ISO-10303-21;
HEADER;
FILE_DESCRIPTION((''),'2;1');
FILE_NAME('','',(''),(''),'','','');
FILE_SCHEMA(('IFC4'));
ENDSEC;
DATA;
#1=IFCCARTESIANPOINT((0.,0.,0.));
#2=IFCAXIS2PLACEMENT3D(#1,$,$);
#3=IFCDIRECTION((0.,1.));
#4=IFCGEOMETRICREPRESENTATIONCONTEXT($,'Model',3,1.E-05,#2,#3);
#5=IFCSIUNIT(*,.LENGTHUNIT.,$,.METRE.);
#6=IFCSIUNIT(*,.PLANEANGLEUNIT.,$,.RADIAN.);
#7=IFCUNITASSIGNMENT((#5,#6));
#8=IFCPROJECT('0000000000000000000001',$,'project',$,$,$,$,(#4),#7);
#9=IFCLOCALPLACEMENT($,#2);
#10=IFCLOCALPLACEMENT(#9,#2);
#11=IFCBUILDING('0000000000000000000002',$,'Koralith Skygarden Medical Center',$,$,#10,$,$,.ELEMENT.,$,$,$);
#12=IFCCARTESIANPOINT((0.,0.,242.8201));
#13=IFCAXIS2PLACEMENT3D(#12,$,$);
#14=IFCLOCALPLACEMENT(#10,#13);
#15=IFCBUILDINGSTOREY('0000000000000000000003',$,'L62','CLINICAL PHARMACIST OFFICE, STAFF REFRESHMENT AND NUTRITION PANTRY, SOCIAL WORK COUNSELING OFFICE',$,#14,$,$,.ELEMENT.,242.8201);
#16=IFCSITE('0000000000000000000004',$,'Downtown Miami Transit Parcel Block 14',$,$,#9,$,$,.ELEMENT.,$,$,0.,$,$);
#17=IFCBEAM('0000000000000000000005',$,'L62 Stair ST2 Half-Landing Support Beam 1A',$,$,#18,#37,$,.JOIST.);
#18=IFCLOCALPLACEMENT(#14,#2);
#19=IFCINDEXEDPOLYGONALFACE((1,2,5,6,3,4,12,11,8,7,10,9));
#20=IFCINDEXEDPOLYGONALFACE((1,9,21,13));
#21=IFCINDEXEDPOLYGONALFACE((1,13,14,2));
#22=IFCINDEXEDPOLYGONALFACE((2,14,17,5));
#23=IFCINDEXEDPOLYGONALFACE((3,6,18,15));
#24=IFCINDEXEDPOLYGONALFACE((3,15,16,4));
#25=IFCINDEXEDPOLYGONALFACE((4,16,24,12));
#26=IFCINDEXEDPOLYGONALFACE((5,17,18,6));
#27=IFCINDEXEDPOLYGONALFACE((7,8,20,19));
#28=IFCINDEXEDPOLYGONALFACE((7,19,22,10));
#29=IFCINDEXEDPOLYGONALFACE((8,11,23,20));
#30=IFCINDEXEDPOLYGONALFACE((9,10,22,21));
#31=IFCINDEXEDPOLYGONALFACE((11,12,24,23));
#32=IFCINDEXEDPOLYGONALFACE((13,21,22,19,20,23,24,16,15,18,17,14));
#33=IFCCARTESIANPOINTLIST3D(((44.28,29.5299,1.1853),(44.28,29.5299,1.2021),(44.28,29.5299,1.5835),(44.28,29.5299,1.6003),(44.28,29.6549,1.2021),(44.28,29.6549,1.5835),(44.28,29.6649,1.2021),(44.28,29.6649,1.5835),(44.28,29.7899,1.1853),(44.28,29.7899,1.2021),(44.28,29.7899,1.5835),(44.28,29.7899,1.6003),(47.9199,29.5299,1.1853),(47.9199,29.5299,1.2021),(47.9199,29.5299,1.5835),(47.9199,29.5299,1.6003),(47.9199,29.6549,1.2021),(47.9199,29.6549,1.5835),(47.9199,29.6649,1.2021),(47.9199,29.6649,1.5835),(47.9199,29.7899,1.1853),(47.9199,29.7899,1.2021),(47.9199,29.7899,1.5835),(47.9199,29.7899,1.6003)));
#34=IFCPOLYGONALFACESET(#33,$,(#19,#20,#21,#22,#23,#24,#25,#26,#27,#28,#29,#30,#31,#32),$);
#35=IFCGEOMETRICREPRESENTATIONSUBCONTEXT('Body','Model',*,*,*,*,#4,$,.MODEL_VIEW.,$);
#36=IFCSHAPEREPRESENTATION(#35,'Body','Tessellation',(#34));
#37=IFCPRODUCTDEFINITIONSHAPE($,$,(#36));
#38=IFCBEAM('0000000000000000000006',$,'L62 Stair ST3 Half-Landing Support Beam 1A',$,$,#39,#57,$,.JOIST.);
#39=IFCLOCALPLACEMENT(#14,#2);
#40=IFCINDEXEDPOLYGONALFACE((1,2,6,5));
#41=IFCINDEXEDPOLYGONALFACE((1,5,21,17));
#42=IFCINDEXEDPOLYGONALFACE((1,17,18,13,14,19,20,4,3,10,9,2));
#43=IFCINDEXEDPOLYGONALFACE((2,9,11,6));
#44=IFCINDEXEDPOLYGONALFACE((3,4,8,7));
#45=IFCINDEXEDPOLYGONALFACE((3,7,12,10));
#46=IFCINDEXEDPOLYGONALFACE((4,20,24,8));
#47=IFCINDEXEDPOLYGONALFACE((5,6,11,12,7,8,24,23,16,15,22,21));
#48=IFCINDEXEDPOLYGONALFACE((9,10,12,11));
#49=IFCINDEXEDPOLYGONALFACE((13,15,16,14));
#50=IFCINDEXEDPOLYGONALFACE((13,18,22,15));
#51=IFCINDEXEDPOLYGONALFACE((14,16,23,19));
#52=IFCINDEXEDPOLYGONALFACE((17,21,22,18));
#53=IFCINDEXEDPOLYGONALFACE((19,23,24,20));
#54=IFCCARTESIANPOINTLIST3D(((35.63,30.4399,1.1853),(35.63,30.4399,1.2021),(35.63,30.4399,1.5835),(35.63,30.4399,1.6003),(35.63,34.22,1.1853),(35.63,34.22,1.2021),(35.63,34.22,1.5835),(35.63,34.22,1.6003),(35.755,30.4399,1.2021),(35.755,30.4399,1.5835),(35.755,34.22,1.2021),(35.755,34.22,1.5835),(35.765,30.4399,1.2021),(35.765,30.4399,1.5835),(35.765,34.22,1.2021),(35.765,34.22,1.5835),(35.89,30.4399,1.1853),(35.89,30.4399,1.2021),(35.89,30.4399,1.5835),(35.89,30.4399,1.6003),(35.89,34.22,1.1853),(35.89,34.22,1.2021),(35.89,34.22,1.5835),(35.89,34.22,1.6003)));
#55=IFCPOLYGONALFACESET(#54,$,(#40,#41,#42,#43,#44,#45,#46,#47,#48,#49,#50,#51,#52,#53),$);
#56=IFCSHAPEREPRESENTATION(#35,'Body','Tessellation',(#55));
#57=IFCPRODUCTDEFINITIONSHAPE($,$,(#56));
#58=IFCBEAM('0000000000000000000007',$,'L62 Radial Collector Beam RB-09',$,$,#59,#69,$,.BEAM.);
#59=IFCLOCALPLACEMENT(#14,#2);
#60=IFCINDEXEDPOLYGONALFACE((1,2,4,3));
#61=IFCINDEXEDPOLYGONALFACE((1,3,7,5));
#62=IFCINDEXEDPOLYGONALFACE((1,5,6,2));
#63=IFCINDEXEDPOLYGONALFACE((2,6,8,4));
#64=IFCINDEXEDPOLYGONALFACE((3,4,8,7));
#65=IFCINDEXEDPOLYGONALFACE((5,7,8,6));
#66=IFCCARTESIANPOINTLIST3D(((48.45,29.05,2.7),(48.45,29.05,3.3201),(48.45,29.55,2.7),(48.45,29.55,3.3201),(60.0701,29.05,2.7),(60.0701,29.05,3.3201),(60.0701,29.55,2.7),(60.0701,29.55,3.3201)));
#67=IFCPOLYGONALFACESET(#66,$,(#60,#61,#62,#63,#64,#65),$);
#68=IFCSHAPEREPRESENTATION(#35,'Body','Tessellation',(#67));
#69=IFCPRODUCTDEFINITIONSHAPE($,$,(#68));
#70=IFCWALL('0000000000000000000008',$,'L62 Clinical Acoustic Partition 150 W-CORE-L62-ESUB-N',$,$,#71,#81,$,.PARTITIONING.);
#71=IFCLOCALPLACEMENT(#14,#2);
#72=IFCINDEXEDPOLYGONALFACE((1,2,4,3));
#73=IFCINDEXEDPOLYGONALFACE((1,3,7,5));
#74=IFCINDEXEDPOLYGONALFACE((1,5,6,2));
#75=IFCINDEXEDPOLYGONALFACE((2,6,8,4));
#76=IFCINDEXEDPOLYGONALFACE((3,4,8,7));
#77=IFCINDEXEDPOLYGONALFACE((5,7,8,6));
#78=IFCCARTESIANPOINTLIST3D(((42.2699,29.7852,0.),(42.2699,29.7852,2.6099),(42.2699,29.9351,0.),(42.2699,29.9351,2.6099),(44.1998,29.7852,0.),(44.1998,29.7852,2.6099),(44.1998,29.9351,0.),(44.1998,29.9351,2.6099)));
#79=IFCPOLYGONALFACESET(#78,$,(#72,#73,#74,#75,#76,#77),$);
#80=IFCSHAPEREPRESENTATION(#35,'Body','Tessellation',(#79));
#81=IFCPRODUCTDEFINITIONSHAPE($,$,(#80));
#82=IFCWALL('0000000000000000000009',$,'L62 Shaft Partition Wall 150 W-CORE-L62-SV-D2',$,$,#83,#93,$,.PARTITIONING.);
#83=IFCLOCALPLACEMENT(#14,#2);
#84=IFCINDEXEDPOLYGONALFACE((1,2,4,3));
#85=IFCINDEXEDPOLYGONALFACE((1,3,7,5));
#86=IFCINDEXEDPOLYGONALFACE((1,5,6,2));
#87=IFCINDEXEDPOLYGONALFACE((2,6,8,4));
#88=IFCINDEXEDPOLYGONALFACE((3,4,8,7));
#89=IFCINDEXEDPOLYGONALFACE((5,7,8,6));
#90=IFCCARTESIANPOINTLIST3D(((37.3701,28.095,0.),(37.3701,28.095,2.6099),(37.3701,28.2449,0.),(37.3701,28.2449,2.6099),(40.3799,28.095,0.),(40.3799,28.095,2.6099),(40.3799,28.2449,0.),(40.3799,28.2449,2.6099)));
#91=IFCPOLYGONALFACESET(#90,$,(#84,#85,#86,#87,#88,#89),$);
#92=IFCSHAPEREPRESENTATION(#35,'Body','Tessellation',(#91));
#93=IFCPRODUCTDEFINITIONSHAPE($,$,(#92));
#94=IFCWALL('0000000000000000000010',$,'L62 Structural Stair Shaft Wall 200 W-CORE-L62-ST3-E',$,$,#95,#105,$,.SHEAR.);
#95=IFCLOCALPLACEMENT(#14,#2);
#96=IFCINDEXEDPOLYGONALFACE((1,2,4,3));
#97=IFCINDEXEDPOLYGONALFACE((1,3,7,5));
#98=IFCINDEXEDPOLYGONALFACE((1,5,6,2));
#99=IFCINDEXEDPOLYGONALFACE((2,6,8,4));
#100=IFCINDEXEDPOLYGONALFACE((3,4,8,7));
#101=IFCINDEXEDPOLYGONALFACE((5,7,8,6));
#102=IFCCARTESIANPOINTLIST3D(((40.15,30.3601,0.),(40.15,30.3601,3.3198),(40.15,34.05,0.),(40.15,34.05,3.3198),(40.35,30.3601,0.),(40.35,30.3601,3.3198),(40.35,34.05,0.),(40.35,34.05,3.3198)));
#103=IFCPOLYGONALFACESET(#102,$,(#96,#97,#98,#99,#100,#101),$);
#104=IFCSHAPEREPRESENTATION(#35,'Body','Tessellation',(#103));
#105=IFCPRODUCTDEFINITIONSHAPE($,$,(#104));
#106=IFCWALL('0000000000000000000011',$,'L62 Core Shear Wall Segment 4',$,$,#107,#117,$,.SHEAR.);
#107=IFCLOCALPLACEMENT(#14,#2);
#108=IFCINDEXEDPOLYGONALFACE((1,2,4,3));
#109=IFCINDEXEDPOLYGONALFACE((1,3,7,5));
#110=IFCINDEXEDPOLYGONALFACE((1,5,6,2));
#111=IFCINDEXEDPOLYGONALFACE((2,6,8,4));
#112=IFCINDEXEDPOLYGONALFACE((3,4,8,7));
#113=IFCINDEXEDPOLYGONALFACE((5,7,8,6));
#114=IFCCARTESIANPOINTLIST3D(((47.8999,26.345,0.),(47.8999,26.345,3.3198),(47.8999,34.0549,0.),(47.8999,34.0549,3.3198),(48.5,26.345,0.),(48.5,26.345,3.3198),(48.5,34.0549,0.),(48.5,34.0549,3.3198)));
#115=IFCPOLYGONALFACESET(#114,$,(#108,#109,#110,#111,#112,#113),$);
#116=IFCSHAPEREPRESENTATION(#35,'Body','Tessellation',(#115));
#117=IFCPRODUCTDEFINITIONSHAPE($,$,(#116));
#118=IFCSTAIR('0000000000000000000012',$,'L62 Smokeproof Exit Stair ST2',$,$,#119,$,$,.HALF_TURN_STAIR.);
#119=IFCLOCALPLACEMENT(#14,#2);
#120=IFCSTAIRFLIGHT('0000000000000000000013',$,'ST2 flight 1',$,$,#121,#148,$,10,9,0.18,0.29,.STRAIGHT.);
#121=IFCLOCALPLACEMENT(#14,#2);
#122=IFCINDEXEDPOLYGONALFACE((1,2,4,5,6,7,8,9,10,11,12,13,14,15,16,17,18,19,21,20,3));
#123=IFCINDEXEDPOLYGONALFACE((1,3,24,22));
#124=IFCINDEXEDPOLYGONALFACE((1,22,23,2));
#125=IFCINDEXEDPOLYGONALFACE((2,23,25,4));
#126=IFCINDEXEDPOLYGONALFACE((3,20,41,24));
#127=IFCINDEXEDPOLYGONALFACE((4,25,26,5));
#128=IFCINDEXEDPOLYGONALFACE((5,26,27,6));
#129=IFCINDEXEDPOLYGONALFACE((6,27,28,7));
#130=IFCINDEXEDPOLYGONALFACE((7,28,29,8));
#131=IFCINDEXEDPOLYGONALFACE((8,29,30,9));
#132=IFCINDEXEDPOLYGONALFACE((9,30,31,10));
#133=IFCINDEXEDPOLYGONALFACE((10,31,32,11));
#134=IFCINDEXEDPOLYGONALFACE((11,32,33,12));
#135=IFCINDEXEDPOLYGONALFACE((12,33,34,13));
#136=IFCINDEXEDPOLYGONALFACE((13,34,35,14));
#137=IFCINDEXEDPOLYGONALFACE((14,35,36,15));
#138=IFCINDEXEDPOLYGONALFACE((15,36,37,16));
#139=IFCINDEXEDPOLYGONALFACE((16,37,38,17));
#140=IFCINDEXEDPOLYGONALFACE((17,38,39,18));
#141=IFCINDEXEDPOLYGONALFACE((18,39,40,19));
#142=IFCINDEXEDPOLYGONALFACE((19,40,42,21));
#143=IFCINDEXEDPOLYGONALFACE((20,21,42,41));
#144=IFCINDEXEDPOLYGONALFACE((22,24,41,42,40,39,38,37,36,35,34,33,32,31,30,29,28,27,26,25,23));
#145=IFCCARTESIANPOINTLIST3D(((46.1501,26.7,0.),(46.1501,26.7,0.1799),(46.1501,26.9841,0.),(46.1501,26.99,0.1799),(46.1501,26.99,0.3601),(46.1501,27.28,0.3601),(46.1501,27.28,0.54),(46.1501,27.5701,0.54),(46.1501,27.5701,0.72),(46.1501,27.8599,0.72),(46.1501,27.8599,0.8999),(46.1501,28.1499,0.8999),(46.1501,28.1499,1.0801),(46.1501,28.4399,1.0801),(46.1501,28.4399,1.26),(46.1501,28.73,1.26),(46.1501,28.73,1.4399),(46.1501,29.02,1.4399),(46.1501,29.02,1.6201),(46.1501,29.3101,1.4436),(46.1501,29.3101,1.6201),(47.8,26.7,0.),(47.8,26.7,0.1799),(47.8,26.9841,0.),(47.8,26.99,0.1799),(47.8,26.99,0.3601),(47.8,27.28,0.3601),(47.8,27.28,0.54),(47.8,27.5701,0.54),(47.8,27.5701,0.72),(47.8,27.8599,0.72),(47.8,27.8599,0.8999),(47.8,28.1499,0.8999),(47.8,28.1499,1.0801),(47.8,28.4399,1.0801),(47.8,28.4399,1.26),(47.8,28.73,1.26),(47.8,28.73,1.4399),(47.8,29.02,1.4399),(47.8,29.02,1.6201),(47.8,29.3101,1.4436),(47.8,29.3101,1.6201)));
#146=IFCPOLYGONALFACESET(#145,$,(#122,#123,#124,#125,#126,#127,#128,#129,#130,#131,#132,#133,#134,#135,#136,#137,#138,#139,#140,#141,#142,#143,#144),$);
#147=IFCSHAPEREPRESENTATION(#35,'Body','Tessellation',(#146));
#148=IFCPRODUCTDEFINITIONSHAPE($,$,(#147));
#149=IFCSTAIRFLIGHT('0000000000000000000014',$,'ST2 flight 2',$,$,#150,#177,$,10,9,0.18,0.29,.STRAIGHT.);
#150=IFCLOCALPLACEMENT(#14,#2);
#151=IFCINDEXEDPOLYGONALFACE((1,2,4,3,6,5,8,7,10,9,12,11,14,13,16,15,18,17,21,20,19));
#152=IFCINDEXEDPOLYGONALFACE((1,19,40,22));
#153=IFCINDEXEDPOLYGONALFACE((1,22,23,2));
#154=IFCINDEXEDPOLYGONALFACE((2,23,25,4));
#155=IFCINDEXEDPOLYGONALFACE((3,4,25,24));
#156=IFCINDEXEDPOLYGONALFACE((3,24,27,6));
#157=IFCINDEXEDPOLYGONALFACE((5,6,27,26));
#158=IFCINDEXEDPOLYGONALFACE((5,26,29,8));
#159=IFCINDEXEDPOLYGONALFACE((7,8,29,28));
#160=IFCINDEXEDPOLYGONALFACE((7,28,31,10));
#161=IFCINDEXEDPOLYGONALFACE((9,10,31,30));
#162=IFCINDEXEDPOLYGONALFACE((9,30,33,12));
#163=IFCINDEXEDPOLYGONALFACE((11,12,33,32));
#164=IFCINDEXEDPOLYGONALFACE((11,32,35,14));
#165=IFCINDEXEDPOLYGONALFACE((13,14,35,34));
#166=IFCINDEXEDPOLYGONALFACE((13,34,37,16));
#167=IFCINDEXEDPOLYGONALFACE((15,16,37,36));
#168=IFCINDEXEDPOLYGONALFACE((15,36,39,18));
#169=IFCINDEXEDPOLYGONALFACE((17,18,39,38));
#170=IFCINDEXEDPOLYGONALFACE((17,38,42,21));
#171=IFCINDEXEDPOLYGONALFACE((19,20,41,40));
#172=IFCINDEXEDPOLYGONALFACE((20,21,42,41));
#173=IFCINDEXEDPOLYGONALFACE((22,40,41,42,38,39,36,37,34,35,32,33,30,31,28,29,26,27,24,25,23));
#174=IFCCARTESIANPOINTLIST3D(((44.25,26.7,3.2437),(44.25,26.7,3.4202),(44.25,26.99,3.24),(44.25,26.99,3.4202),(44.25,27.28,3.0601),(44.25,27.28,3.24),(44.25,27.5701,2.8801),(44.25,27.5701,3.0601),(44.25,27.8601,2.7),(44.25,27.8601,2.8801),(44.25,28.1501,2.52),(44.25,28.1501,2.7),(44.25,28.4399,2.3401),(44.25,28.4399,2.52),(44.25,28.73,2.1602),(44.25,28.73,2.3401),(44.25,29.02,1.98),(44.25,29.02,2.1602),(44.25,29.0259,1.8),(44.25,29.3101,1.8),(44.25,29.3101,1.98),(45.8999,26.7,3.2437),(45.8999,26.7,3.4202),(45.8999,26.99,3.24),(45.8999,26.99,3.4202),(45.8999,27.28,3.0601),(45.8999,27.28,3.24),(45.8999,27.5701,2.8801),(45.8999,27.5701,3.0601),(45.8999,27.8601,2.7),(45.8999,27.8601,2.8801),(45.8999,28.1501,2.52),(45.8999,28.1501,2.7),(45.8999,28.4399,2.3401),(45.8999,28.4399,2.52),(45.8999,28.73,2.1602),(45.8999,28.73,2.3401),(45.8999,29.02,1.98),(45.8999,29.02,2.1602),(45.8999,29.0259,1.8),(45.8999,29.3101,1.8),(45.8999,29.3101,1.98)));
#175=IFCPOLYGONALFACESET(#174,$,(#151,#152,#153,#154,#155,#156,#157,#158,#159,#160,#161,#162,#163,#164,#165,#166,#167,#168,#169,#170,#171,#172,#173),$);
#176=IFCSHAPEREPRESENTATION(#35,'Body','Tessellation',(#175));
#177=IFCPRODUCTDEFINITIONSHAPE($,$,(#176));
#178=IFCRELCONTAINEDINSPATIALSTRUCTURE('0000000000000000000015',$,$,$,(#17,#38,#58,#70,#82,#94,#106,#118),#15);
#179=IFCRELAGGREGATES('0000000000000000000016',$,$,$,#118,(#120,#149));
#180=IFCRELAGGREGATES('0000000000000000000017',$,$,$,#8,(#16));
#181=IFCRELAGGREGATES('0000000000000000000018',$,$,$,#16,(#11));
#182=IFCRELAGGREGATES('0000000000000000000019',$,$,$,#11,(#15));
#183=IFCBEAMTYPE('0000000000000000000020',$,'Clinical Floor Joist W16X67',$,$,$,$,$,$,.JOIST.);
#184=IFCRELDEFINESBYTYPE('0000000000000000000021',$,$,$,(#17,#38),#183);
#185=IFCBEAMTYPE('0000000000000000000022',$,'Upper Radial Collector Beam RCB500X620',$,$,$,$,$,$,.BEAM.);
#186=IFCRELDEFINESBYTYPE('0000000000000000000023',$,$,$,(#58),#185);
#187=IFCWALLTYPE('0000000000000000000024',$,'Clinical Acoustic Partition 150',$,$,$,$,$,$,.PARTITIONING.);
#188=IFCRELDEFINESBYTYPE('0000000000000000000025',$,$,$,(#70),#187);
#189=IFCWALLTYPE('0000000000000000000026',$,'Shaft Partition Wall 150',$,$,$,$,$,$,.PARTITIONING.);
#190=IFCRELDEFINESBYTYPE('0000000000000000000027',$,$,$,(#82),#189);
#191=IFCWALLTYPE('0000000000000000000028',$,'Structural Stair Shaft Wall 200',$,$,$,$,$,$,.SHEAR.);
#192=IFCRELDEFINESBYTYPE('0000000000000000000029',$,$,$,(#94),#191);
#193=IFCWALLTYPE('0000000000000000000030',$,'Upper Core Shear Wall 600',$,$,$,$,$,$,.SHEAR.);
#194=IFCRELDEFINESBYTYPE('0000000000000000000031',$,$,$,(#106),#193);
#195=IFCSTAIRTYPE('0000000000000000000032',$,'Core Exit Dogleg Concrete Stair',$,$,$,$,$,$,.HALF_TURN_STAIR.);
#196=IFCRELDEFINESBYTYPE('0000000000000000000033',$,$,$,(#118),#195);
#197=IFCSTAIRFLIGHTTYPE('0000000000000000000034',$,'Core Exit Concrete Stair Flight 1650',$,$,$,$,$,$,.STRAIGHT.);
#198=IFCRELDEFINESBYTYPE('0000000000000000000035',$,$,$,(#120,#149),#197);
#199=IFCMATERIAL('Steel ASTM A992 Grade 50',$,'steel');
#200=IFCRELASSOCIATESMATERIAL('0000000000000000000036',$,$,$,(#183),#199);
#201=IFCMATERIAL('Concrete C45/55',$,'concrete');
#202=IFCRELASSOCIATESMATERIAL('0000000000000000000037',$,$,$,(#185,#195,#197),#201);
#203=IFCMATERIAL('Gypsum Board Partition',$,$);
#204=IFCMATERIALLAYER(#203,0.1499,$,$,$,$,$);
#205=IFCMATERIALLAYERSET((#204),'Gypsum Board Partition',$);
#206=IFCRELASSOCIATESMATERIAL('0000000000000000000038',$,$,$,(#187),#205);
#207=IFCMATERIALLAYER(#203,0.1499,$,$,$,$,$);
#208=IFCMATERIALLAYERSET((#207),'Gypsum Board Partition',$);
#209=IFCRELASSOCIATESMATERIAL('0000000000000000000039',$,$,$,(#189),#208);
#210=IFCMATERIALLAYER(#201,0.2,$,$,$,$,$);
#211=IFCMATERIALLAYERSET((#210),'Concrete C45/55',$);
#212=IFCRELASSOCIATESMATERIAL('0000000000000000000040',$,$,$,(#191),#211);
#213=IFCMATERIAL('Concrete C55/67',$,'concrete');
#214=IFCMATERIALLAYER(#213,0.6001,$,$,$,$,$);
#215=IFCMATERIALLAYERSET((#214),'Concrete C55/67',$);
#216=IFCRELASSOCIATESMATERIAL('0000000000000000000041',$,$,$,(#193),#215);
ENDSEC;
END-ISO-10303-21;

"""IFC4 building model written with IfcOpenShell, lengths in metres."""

from ifc_helpers import new_model, si_unit, direction, frame, frame_2d, origin, origin_2d, place, context, subcontext, project, spatial, polyline, rectangle, i_section, outline, extrude, material, layer, layer_set, material_profile, profile_set, type_object, element, aggregate, save


model = new_model("IFC4")

# Units and contexts
model_context = context("Model", 3, precision=1e-05, world=origin(), true_north=direction((0.0, 1.0)))
body_context = subcontext(model_context, "Body", "Model", "MODEL_VIEW")
ifc_project = project(units=[si_unit("LENGTHUNIT", "METRE"), si_unit("PLANEANGLEUNIT", "RADIAN")], contexts=[model_context])

# Site, building, storey
site_placement = place(None, origin())
site = spatial("IfcSite", under=ifc_project, at=site_placement, Name="Downtown Miami Transit Parcel Block 14", CompositionType="ELEMENT", RefElevation=0.0)
building_placement = place(site_placement, origin())
building = spatial("IfcBuilding", under=site, at=building_placement, Name="Koralith Skygarden Medical Center", CompositionType="ELEMENT")
storey_placement = place(building_placement, frame((0.0, 0.0, 242.8201)))
storey = spatial("IfcBuildingStorey", under=building, at=storey_placement, Name="L62", Description="CLINICAL PHARMACIST OFFICE, STAFF REFRESHMENT AND NUTRITION PANTRY, SOCIAL WORK COUNSELING OFFICE", CompositionType="ELEMENT", Elevation=242.8201)

# Beams
ifc_material_1 = material(Name="Steel ASTM A992 Grade 50", Category="steel")
ifc_material_profile_1 = material_profile(ifc_material_1, i_section(OverallWidth=0.26, OverallDepth=0.415, WebThickness=0.01, FlangeThickness=0.0168, at=origin_2d()), Name="W16X67")
ifc_profile_set_1 = profile_set([ifc_material_profile_1], Name="Steel ASTM A992 Grade 50")
beam_type_1 = type_object("IfcBeamType", Name="Clinical Floor Joist W16X67", PredefinedType="JOIST", material=ifc_profile_set_1)
beam_1_placement = place(storey_placement, frame((44.28, 29.6599, 1.3928), z_axis=(1.0, 0.0, 0.0), x_axis=(0.0, 1.0, 0.0)))
element("IfcBeam", 1, at=beam_1_placement, inside=storey, type_object=beam_type_1, Name="L62 Stair ST2 Half-Landing Support Beam 1A", PredefinedType="JOIST", context=body_context, shape_type="SweptSolid", body=[
    extrude(i_section(OverallWidth=0.26, OverallDepth=0.415, WebThickness=0.01, FlangeThickness=0.0168, at=origin_2d()), origin(), (0.0, 0.0, 1.0), 3.6399),
])
beam_2_placement = place(storey_placement, frame((35.76, 30.4399, 1.3928), z_axis=(0.0, 1.0, 0.0), x_axis=(-1.0, 0.0, 0.0)))
element("IfcBeam", 2, at=beam_2_placement, inside=storey, type_object=beam_type_1, Name="L62 Stair ST3 Half-Landing Support Beam 1A", PredefinedType="JOIST", context=body_context, shape_type="SweptSolid", body=[
    extrude(i_section(OverallWidth=0.26, OverallDepth=0.415, WebThickness=0.01, FlangeThickness=0.0168, at=origin_2d()), origin(), (0.0, 0.0, 1.0), 3.78),
])
ifc_material_2 = material(Name="Concrete C45/55", Category="concrete")
ifc_material_profile_2 = material_profile(ifc_material_2, rectangle(XDim=0.5, YDim=0.6201, at=origin_2d()), Name="RCB500X620")
ifc_profile_set_2 = profile_set([ifc_material_profile_2], Name="Concrete C45/55")
beam_type_2 = type_object("IfcBeamType", Name="Upper Radial Collector Beam RCB500X620", PredefinedType="BEAM", material=ifc_profile_set_2)
beam_3_placement = place(storey_placement, frame((48.45, 29.3, 3.01), z_axis=(1.0, 0.0, 0.0), x_axis=(0.0, 1.0, 0.0)))
element("IfcBeam", 3, at=beam_3_placement, inside=storey, type_object=beam_type_2, Name="L62 Radial Collector Beam RB-09", PredefinedType="BEAM", context=body_context, shape_type="SweptSolid", body=[
    extrude(rectangle(XDim=0.5, YDim=0.6201, at=origin_2d()), origin(), (0.0, 0.0, 1.0), 11.6201),
])

# Walls
ifc_material_3 = material(Name="Gypsum Board Partition")
ifc_layer_1 = layer(ifc_material_3, 0.1499)
ifc_layer_set_1 = layer_set([ifc_layer_1], Name="Gypsum Board Partition")
wall_type_1 = type_object("IfcWallType", Name="Clinical Acoustic Partition 150", PredefinedType="PARTITIONING", material=ifc_layer_set_1)
wall_1_placement = place(storey_placement, frame((42.27, 29.8601, 0.0), z_axis=(0.0, 0.0, 1.0), x_axis=(1.0, 0.0, 0.0)))
element("IfcWall", 4, at=wall_1_placement, inside=storey, type_object=wall_type_1, Name="L62 Clinical Acoustic Partition 150 W-CORE-L62-ESUB-N", PredefinedType="PARTITIONING", context=body_context, shape_type="SweptSolid", body=[
    extrude(rectangle(XDim=1.9299, YDim=0.1499, at=frame_2d((0.9648, 0.0))), origin(), (0.0, 0.0, 1.0), 2.6099),
])
ifc_layer_2 = layer(ifc_material_3, 0.1499)
ifc_layer_set_2 = layer_set([ifc_layer_2], Name="Gypsum Board Partition")
wall_type_2 = type_object("IfcWallType", Name="Shaft Partition Wall 150", PredefinedType="PARTITIONING", material=ifc_layer_set_2)
wall_2_placement = place(storey_placement, frame((37.3701, 28.1699, 0.0), z_axis=(0.0, 0.0, 1.0), x_axis=(1.0, 0.0, 0.0)))
element("IfcWall", 5, at=wall_2_placement, inside=storey, type_object=wall_type_2, Name="L62 Shaft Partition Wall 150 W-CORE-L62-SV-D2", PredefinedType="PARTITIONING", context=body_context, shape_type="SweptSolid", body=[
    extrude(rectangle(XDim=3.0098, YDim=0.1499, at=frame_2d((1.5049, 0.0))), origin(), (0.0, 0.0, 1.0), 2.6099),
])
ifc_layer_3 = layer(ifc_material_2, 0.2)
ifc_layer_set_3 = layer_set([ifc_layer_3], Name="Concrete C45/55")
wall_type_3 = type_object("IfcWallType", Name="Structural Stair Shaft Wall 200", PredefinedType="SHEAR", material=ifc_layer_set_3)
wall_3_placement = place(storey_placement, frame((40.25, 30.3601, 0.0), z_axis=(0.0, 0.0, 1.0), x_axis=(0.0, 1.0, 0.0)))
element("IfcWall", 6, at=wall_3_placement, inside=storey, type_object=wall_type_3, Name="L62 Structural Stair Shaft Wall 200 W-CORE-L62-ST3-E", PredefinedType="SHEAR", context=body_context, shape_type="SweptSolid", body=[
    extrude(rectangle(XDim=3.6899, YDim=0.2, at=frame_2d((1.845, 0.0))), origin(), (0.0, 0.0, 1.0), 3.3198),
])
ifc_material_4 = material(Name="Concrete C55/67", Category="concrete")
ifc_layer_4 = layer(ifc_material_4, 0.6001)
ifc_layer_set_4 = layer_set([ifc_layer_4], Name="Concrete C55/67")
wall_type_4 = type_object("IfcWallType", Name="Upper Core Shear Wall 600", PredefinedType="SHEAR", material=ifc_layer_set_4)
wall_4_placement = place(storey_placement, frame((48.2, 26.345, 0.0), z_axis=(0.0, 0.0, 1.0), x_axis=(0.0, 1.0, 0.0)))
element("IfcWall", 7, at=wall_4_placement, inside=storey, type_object=wall_type_4, Name="L62 Core Shear Wall Segment 4", PredefinedType="SHEAR", context=body_context, shape_type="SweptSolid", body=[
    extrude(rectangle(XDim=7.71, YDim=0.6001, at=frame_2d((3.855, 0.0))), origin(), (0.0, 0.0, 1.0), 3.3198),
])

# Stair, stair flights
stair_type = type_object("IfcStairType", Name="Core Exit Dogleg Concrete Stair", PredefinedType="HALF_TURN_STAIR", material=ifc_material_2)
stair_placement = place(storey_placement, origin())
stair = element("IfcStair", 8, at=stair_placement, inside=storey, type_object=stair_type, Name="L62 Smokeproof Exit Stair ST2", PredefinedType="HALF_TURN_STAIR")
stair_flight_type = type_object("IfcStairFlightType", Name="Core Exit Concrete Stair Flight 1650", PredefinedType="STRAIGHT", material=ifc_material_2)
stair_flight_1_placement = place(storey_placement, frame((46.9751, 26.7, 0.0), z_axis=(0.0, 0.0, 1.0), x_axis=(0.0, 1.0, 0.0)))
stair_flight_1 = element("IfcStairFlight", 9, at=stair_flight_1_placement, type_object=stair_flight_type, Name="ST2 flight 1", NumberOfRisers=10, NumberOfTreads=9, PredefinedType="STRAIGHT", RiserHeight=0.18, TreadLength=0.29, context=body_context, shape_type="SweptSolid", body=[
    extrude(outline(polyline([(0.0, 0.0), (0.0, 0.1799), (0.29, 0.1799), (0.29, 0.3601), (0.5801, 0.3601), (0.5801, 0.54), (0.8701, 0.54), (0.8701, 0.72), (1.1599, 0.72), (1.1599, 0.8999), (1.45, 0.8999), (1.45, 1.0801), (1.74, 1.0801), (1.74, 1.26), (2.03, 1.26), (2.03, 1.4399), (2.3201, 1.4399), (2.3201, 1.6201), (2.6101, 1.6201), (2.6101, 1.8), (2.6101, 1.4436), (0.2842, 0.0), (0.0, 0.0)])), frame((0.0, 0.825, 0.0), z_axis=(0.0, -1.0, 0.0), x_axis=(1.0, 0.0, 0.0)), (0.0, 0.0, 1.0), 1.6499),
])
stair_flight_2_placement = place(storey_placement, frame((45.075, 29.3101, 1.8), z_axis=(0.0, 0.0, 1.0), x_axis=(0.0, -1.0, 0.0)))
stair_flight_2 = element("IfcStairFlight", 10, at=stair_flight_2_placement, type_object=stair_flight_type, Name="ST2 flight 2", NumberOfRisers=10, NumberOfTreads=9, PredefinedType="STRAIGHT", RiserHeight=0.18, TreadLength=0.29, context=body_context, shape_type="SweptSolid", body=[
    extrude(outline(polyline([(0.0, 0.0), (0.0, 0.1799), (0.29, 0.1799), (0.29, 0.3601), (0.5801, 0.3601), (0.5801, 0.54), (0.8701, 0.54), (0.8701, 0.72), (1.1599, 0.72), (1.1599, 0.8999), (1.45, 0.8999), (1.45, 1.0801), (1.74, 1.0801), (1.74, 1.26), (2.03, 1.26), (2.03, 1.4399), (2.3201, 1.4399), (2.3201, 1.6201), (2.6101, 1.6201), (2.6101, 1.8), (2.6101, 1.4436), (0.2842, 0.0), (0.0, 0.0)])), frame((0.0, 0.825, 0.0), z_axis=(0.0, -1.0, 0.0), x_axis=(1.0, 0.0, 0.0)), (0.0, 0.0, 1.0), 1.6499),
])
aggregate(stair, [stair_flight_1, stair_flight_2])

save(model, "model.ifc")
